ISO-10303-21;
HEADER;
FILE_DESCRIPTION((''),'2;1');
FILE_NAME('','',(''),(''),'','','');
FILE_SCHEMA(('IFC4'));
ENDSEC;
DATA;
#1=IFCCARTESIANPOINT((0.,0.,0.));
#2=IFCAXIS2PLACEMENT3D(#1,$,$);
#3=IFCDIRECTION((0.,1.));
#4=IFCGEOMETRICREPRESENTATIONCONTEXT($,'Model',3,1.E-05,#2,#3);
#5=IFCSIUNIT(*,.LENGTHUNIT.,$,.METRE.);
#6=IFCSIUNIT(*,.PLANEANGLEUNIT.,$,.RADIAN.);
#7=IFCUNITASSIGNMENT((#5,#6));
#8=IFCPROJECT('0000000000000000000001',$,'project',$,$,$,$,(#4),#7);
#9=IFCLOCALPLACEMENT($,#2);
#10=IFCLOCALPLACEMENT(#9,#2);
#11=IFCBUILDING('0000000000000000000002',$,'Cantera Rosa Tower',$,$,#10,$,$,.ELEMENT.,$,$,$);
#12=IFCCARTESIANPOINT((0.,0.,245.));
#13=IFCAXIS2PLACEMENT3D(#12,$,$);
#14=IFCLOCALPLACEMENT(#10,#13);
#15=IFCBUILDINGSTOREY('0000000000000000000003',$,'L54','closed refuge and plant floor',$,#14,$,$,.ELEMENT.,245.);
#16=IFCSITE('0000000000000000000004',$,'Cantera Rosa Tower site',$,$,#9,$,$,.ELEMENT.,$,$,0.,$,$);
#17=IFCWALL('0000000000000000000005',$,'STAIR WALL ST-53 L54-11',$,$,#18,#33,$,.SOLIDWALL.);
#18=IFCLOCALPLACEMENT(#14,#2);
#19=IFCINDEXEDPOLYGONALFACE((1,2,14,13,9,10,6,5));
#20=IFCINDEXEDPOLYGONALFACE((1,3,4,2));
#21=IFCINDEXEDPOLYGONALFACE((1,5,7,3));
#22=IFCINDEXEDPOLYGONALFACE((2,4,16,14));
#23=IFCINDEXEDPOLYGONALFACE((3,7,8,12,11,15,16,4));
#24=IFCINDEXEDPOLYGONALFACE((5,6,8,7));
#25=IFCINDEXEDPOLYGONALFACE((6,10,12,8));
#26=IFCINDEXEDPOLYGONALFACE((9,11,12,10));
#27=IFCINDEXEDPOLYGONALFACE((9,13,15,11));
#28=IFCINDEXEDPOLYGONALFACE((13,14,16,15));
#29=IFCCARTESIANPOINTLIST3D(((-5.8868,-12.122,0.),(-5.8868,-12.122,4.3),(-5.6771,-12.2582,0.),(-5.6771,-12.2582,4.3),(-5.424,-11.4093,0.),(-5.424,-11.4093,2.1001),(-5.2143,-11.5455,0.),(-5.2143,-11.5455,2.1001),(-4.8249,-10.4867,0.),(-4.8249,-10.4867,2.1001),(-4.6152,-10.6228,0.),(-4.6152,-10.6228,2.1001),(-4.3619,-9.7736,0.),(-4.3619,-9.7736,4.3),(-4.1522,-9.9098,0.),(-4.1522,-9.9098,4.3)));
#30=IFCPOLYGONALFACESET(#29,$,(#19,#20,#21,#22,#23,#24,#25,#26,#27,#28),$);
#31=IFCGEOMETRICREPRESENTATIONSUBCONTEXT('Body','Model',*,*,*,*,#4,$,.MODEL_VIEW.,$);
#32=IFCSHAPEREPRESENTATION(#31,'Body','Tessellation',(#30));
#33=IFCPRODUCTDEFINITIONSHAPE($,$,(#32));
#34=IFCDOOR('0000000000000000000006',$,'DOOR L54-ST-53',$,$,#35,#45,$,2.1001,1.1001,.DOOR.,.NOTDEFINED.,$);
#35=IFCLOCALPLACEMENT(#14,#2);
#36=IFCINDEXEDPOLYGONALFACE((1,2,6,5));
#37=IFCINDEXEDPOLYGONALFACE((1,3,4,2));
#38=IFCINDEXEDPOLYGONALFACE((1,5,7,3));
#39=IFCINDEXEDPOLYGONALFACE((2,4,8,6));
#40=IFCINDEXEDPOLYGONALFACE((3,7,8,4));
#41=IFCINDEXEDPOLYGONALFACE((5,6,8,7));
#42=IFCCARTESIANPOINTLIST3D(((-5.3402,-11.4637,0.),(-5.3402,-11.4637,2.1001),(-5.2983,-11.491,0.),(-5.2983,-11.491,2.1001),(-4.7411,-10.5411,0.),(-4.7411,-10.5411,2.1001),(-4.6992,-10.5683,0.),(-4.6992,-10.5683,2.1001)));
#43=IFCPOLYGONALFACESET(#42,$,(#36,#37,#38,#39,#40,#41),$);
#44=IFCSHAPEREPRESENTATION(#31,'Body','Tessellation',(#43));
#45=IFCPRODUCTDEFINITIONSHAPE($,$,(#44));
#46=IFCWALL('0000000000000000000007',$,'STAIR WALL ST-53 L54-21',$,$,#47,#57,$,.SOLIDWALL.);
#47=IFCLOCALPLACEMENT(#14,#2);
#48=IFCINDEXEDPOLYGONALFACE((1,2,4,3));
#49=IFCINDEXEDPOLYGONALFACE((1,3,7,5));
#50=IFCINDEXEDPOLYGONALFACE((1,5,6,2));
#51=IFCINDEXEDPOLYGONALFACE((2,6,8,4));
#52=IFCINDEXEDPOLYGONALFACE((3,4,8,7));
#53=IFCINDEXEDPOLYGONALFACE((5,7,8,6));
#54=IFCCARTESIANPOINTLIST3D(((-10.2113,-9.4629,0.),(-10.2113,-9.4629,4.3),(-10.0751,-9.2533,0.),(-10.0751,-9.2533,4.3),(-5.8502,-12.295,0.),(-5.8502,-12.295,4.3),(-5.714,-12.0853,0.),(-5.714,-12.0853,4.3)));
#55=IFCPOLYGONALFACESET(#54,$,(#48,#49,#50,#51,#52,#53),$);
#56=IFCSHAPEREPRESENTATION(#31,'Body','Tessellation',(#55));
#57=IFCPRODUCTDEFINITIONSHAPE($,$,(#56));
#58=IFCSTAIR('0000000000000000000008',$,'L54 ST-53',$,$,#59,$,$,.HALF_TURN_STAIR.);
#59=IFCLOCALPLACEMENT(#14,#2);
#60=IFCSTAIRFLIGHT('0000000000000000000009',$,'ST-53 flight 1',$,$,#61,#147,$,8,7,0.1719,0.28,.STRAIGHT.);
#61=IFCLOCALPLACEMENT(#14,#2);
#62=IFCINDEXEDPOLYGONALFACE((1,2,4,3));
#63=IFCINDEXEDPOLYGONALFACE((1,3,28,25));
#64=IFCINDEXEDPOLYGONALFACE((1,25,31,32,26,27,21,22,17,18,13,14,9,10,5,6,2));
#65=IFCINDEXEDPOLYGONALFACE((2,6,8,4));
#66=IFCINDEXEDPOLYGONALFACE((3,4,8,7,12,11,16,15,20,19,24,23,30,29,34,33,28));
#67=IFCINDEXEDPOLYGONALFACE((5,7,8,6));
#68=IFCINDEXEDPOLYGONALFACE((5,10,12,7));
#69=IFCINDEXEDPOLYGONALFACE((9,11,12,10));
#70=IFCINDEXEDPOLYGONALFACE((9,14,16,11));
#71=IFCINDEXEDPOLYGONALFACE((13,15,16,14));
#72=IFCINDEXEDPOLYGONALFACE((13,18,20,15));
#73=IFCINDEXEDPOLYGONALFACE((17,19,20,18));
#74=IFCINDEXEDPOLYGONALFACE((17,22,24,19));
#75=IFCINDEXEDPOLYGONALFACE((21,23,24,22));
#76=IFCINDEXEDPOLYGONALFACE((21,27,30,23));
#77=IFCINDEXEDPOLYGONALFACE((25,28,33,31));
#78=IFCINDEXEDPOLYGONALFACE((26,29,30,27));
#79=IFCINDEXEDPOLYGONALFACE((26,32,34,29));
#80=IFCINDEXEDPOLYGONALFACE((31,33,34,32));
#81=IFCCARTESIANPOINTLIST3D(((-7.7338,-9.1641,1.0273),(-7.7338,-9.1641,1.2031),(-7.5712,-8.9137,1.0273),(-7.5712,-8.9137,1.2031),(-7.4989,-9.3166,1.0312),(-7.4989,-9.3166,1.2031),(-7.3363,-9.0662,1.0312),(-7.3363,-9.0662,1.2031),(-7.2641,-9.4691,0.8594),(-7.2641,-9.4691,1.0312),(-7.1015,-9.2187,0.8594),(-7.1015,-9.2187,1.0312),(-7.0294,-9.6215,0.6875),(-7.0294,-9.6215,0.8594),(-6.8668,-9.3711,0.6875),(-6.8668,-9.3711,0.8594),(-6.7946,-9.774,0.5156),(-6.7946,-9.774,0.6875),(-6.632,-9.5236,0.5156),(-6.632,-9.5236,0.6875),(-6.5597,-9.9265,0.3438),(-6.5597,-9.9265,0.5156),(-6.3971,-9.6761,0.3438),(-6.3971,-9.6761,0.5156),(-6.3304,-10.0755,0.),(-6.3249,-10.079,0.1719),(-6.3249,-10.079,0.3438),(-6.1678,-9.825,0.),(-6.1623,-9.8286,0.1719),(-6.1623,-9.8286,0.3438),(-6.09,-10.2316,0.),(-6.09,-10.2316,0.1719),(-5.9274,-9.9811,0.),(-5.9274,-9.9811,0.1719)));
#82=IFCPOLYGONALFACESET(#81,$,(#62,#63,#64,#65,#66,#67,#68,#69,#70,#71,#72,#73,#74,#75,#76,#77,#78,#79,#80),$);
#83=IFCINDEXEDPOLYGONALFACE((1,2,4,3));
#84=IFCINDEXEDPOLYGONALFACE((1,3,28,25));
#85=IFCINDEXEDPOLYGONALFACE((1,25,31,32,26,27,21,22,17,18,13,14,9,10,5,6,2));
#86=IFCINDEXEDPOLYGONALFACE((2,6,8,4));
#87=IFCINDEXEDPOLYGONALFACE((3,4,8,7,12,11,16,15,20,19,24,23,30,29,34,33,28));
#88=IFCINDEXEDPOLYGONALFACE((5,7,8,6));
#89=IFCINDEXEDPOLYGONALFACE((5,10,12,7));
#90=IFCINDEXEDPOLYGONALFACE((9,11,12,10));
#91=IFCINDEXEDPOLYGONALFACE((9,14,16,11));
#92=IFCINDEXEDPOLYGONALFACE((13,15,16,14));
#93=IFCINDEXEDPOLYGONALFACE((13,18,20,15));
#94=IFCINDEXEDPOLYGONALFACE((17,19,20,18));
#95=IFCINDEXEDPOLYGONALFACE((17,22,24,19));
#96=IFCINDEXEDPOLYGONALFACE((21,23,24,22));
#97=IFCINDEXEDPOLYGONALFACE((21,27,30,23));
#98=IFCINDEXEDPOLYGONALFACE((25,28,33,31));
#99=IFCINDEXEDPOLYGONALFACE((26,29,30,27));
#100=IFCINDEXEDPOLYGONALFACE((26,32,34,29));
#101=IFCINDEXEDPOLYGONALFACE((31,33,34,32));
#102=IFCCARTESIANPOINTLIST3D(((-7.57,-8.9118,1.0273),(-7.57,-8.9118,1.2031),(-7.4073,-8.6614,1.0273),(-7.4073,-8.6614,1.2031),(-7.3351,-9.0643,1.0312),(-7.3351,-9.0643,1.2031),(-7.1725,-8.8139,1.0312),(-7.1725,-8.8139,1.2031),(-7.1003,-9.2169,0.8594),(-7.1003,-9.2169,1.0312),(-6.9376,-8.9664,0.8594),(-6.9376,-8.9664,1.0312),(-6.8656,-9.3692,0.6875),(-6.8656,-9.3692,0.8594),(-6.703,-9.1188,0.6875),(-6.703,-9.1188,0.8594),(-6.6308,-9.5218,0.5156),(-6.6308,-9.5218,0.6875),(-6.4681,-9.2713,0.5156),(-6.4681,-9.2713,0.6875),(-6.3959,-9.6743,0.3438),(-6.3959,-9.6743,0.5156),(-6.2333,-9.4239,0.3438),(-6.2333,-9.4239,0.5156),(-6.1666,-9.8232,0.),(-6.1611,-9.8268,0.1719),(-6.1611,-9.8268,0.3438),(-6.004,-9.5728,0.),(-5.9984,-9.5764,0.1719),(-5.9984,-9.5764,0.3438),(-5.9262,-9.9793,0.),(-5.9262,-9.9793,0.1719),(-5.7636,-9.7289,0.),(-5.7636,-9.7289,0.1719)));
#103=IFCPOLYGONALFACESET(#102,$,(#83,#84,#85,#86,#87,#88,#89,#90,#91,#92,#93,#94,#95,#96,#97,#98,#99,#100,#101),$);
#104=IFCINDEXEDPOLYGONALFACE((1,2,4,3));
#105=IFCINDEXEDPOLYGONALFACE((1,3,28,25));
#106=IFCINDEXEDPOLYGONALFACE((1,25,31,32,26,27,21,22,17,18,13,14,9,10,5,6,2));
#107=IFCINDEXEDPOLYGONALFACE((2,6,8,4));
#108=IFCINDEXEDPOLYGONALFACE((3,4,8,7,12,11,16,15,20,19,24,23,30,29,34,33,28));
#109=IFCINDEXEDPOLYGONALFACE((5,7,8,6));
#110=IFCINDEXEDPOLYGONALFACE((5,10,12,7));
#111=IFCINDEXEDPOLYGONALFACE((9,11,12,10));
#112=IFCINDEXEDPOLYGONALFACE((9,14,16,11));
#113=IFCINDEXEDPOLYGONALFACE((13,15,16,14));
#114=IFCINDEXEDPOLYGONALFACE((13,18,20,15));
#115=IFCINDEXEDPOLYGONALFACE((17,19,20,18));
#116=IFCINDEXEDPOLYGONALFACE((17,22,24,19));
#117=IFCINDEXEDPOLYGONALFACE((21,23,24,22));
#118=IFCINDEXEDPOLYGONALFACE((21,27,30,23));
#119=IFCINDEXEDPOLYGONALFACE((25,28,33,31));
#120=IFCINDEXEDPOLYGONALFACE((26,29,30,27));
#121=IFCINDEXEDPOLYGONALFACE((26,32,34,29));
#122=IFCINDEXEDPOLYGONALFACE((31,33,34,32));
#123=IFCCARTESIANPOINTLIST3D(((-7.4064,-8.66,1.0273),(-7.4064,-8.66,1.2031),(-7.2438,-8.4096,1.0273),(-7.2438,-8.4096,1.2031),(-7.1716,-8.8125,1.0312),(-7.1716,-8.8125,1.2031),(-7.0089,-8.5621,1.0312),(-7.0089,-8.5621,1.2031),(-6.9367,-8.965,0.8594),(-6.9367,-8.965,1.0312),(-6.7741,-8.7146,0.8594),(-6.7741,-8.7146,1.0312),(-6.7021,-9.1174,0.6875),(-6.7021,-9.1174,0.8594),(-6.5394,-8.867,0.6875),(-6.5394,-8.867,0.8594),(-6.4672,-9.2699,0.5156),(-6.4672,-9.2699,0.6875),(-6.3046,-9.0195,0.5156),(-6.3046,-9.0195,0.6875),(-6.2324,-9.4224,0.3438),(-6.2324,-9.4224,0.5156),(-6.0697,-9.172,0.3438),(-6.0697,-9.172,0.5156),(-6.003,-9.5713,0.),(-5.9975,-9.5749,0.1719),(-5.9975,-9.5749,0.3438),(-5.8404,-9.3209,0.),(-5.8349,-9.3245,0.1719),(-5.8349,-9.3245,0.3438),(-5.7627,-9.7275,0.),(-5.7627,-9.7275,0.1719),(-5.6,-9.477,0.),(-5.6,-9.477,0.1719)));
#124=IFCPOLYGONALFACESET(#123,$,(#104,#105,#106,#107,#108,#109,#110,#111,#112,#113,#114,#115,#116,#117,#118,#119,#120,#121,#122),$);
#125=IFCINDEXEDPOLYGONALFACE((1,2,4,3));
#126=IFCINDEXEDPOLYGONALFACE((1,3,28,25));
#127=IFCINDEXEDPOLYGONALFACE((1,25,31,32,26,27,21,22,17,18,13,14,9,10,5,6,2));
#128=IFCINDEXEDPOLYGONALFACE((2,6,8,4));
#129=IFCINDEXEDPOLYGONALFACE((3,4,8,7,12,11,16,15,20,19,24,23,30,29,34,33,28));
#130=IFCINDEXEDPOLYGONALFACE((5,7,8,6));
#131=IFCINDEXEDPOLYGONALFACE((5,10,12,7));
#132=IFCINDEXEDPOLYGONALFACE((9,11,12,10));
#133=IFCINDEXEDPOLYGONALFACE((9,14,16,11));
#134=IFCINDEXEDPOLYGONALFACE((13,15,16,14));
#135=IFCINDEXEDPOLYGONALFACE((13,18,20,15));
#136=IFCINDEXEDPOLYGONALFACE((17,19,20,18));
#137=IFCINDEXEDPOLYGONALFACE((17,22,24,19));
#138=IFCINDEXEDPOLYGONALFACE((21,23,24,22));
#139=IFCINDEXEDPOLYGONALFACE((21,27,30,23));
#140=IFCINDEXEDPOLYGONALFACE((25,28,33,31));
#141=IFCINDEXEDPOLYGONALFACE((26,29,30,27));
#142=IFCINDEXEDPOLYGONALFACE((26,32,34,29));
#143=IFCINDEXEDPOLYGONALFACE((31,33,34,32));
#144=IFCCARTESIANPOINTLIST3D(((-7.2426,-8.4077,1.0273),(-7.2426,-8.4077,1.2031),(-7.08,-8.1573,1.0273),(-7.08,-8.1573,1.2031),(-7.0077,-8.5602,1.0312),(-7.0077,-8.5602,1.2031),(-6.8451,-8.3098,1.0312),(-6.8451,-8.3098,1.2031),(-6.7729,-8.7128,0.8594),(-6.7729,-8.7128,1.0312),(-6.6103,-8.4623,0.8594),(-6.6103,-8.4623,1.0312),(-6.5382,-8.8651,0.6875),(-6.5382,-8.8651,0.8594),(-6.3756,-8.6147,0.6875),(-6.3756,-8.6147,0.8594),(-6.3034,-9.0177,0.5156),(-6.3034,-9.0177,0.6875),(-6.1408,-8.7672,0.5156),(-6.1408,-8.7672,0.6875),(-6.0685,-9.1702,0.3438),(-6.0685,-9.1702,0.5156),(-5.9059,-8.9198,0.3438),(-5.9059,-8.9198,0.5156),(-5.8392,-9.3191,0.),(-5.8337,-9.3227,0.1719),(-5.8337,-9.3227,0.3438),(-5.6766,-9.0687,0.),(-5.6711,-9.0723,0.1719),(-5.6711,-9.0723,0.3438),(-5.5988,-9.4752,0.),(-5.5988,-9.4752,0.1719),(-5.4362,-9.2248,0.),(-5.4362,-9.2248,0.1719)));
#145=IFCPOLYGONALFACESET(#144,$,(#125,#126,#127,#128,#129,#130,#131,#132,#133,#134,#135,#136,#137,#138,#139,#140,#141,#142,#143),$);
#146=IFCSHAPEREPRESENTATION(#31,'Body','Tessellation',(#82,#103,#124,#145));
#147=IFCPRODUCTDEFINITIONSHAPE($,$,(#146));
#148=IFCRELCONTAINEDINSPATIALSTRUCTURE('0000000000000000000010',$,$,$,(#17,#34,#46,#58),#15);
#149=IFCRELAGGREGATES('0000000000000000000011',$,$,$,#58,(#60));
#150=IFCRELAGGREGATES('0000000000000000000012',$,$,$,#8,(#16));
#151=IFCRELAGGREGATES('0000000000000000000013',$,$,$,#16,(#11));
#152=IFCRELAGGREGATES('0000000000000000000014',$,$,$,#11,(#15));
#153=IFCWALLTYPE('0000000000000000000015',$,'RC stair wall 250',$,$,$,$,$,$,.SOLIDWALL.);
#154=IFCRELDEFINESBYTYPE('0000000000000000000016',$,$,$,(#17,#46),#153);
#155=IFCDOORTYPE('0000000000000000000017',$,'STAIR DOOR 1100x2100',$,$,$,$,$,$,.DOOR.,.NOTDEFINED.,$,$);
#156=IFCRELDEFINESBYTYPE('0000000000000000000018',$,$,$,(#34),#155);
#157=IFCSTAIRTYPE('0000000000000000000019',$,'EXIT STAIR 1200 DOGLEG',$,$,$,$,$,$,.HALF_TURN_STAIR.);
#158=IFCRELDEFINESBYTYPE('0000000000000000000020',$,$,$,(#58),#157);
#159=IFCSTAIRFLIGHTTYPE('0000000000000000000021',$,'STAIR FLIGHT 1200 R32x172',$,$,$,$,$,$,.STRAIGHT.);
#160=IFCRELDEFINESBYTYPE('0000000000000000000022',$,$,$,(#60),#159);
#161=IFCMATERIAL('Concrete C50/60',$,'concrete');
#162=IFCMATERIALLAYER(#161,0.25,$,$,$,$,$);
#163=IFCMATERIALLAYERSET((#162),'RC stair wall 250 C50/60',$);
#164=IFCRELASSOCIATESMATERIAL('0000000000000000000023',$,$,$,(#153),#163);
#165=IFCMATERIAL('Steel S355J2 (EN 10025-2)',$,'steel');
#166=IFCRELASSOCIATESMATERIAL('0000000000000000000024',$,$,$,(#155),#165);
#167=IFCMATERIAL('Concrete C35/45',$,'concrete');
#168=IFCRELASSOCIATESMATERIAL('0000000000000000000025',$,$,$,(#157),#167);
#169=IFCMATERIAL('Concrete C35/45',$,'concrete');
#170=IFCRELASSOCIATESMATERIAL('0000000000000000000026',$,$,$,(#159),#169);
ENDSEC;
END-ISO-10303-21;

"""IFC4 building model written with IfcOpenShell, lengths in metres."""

from ifc_helpers import new_model, si_unit, direction, frame, frame_2d, origin, place, context, subcontext, project, spatial, polyline, rectangle, outline, extrude, material, layer, layer_set, type_object, element, fill, aggregate, save


model = new_model("IFC4")

# Units and contexts
model_context = context("Model", 3, precision=1e-05, world=origin(), true_north=direction((0.0, 1.0)))
body_context = subcontext(model_context, "Body", "Model", "MODEL_VIEW")
ifc_project = project(units=[si_unit("LENGTHUNIT", "METRE"), si_unit("PLANEANGLEUNIT", "RADIAN")], contexts=[model_context])

# Site, building, storey
site_placement = place(None, origin())
site = spatial("IfcSite", under=ifc_project, at=site_placement, Name="Cantera Rosa Tower site", CompositionType="ELEMENT", RefElevation=0.0)
building_placement = place(site_placement, origin())
building = spatial("IfcBuilding", under=site, at=building_placement, Name="Cantera Rosa Tower", CompositionType="ELEMENT")
storey_placement = place(building_placement, frame((0.0, 0.0, 245.0)))
storey = spatial("IfcBuildingStorey", under=building, at=storey_placement, Name="L54", Description="closed refuge and plant floor", CompositionType="ELEMENT", Elevation=245.0)

# Wall, opening, door
ifc_material_1 = material(Name="Concrete C50/60", Category="concrete")
ifc_layer_1 = layer(ifc_material_1, 0.25)
ifc_layer_set_1 = layer_set([ifc_layer_1], Name="RC stair wall 250 C50/60")
wall_type_1 = type_object("IfcWallType", Name="RC stair wall 250", PredefinedType="SOLIDWALL", material=ifc_layer_set_1)
wall_1_placement = place(storey_placement, frame((-4.2571, -9.8418, 0.0), z_axis=(0.0, 0.0, 1.0), x_axis=(-0.544599, -0.838697, 0.0)))
wall_1 = element("IfcWall", 1, at=wall_1_placement, inside=storey, type_object=wall_type_1, Name="STAIR WALL ST-53 L54-11", PredefinedType="SOLIDWALL", context=body_context, shape_type="SweptSolid", body=[
    extrude(rectangle(XDim=2.8, YDim=0.25, at=frame_2d((1.3999, 0.0))), origin(), (0.0, 0.0, 1.0), 4.3),
])
opening_placement = place(wall_1_placement, frame((0.8501, 0.0, 0.0)))
opening = element("IfcOpeningElement", 2, at=opening_placement, cuts=wall_1, PredefinedType="OPENING", context=body_context, shape_type="SweptSolid", body=[
    extrude(rectangle(XDim=1.1001, YDim=2.1001, at=frame_2d((0.55, 1.05))), frame((0.0, 0.135, 0.0), z_axis=(0.0, -1.0, 0.0), x_axis=(1.0, 0.0, 0.0)), (0.0, 0.0, 1.0), 0.27),
])
ifc_material_2 = material(Name="Steel S355J2 (EN 10025-2)", Category="steel")
door_type = type_object("IfcDoorType", Name="STAIR DOOR 1100x2100", OperationType="NOTDEFINED", PredefinedType="DOOR", material=ifc_material_2)
door_placement = place(opening_placement, origin())
door = element("IfcDoor", 3, at=door_placement, inside=storey, type_object=door_type, Name="DOOR L54-ST-53", OperationType="NOTDEFINED", OverallHeight=2.1001, OverallWidth=1.1001, PredefinedType="DOOR", context=body_context, shape_type="SweptSolid", body=[
    extrude(rectangle(XDim=1.1001, YDim=2.1001, at=frame_2d((0.55, 1.05))), frame((0.0, 0.0249, 0.0), z_axis=(0.0, -1.0, 0.0), x_axis=(1.0, 0.0, 0.0)), (0.0, 0.0, 1.0), 0.05),
])
fill(opening, door)

# Wall
wall_2_placement = place(storey_placement, frame((-5.782, -12.1902, 0.0), z_axis=(0.0, 0.0, 1.0), x_axis=(-0.838678, 0.544627, 0.0)))
element("IfcWall", 4, at=wall_2_placement, inside=storey, type_object=wall_type_1, Name="STAIR WALL ST-53 L54-21", PredefinedType="SOLIDWALL", context=body_context, shape_type="SweptSolid", body=[
    extrude(rectangle(XDim=5.2, YDim=0.25, at=frame_2d((2.6001, 0.0))), origin(), (0.0, 0.0, 1.0), 4.3),
])

# Stair, stair flight
ifc_material_3 = material(Name="Concrete C35/45", Category="concrete")
stair_type = type_object("IfcStairType", Name="EXIT STAIR 1200 DOGLEG", PredefinedType="HALF_TURN_STAIR", material=ifc_material_3)
stair_placement = place(storey_placement, origin())
stair = element("IfcStair", 5, at=stair_placement, inside=storey, type_object=stair_type, Name="L54 ST-53", PredefinedType="HALF_TURN_STAIR")
ifc_material_4 = material(Name="Concrete C35/45", Category="concrete")
stair_flight_type = type_object("IfcStairFlightType", Name="STAIR FLIGHT 1200 R32x172", PredefinedType="STRAIGHT", material=ifc_material_4)
stair_flight_1_placement = place(storey_placement, frame((-5.7632, -9.7283, 0.0), z_axis=(0.0, 0.0, 1.0), x_axis=(-0.838671, 0.544639, 0.0)))
stair_flight_1 = element("IfcStairFlight", 6, at=stair_flight_1_placement, type_object=stair_flight_type, Name="ST-53 flight 1", NumberOfRisers=8, NumberOfTreads=7, PredefinedType="STRAIGHT", RiserHeight=0.1719, TreadLength=0.28, context=body_context, shape_type="SweptSolid", body=[
    extrude(outline(polyline([(0.0, 0.0), (0.0, 0.1719), (0.28, 0.1719), (0.28, 0.3438), (0.5601, 0.3438), (0.5601, 0.5156), (0.8401, 0.5156), (0.8401, 0.6875), (1.1201, 0.6875), (1.1201, 0.8594), (1.3999, 0.8594), (1.3999, 1.0312), (1.6799, 1.0312), (1.6799, 1.2031), (1.96, 1.2031), (1.96, 1.375), (1.96, 1.0273), (0.2866, 0.0), (0.0, 0.0)])), frame((0.0, 0.6001, 0.0), z_axis=(0.0, -1.0, 0.0), x_axis=(1.0, 0.0, 0.0)), (0.0, 0.0, 1.0), 0.2986),
    extrude(outline(polyline([(0.0, 0.0), (0.0, 0.1719), (0.28, 0.1719), (0.28, 0.3438), (0.5601, 0.3438), (0.5601, 0.5156), (0.8401, 0.5156), (0.8401, 0.6875), (1.1201, 0.6875), (1.1201, 0.8594), (1.3999, 0.8594), (1.3999, 1.0312), (1.6799, 1.0312), (1.6799, 1.2031), (1.96, 1.2031), (1.96, 1.375), (1.96, 1.0273), (0.2866, 0.0), (0.0, 0.0)])), frame((0.0, 0.2993, 0.0), z_axis=(0.0, -1.0, 0.0), x_axis=(1.0, 0.0, 0.0)), (0.0, 0.0, 1.0), 0.2986),
    extrude(outline(polyline([(0.0, 0.0), (0.0, 0.1719), (0.28, 0.1719), (0.28, 0.3438), (0.5601, 0.3438), (0.5601, 0.5156), (0.8401, 0.5156), (0.8401, 0.6875), (1.1201, 0.6875), (1.1201, 0.8594), (1.3999, 0.8594), (1.3999, 1.0312), (1.6799, 1.0312), (1.6799, 1.2031), (1.96, 1.2031), (1.96, 1.375), (1.96, 1.0273), (0.2866, 0.0), (0.0, 0.0)])), frame((0.0, -0.001, 0.0), z_axis=(0.0, -1.0, 0.0), x_axis=(1.0, 0.0, 0.0)), (0.0, 0.0, 1.0), 0.2986),
    extrude(outline(polyline([(0.0, 0.0), (0.0, 0.1719), (0.28, 0.1719), (0.28, 0.3438), (0.5601, 0.3438), (0.5601, 0.5156), (0.8401, 0.5156), (0.8401, 0.6875), (1.1201, 0.6875), (1.1201, 0.8594), (1.3999, 0.8594), (1.3999, 1.0312), (1.6799, 1.0312), (1.6799, 1.2031), (1.96, 1.2031), (1.96, 1.375), (1.96, 1.0273), (0.2866, 0.0), (0.0, 0.0)])), frame((0.0, -0.3018, 0.0), z_axis=(0.0, -1.0, 0.0), x_axis=(1.0, 0.0, 0.0)), (0.0, 0.0, 1.0), 0.2986),
])
aggregate(stair, [stair_flight_1])

save(model, "model.ifc")
